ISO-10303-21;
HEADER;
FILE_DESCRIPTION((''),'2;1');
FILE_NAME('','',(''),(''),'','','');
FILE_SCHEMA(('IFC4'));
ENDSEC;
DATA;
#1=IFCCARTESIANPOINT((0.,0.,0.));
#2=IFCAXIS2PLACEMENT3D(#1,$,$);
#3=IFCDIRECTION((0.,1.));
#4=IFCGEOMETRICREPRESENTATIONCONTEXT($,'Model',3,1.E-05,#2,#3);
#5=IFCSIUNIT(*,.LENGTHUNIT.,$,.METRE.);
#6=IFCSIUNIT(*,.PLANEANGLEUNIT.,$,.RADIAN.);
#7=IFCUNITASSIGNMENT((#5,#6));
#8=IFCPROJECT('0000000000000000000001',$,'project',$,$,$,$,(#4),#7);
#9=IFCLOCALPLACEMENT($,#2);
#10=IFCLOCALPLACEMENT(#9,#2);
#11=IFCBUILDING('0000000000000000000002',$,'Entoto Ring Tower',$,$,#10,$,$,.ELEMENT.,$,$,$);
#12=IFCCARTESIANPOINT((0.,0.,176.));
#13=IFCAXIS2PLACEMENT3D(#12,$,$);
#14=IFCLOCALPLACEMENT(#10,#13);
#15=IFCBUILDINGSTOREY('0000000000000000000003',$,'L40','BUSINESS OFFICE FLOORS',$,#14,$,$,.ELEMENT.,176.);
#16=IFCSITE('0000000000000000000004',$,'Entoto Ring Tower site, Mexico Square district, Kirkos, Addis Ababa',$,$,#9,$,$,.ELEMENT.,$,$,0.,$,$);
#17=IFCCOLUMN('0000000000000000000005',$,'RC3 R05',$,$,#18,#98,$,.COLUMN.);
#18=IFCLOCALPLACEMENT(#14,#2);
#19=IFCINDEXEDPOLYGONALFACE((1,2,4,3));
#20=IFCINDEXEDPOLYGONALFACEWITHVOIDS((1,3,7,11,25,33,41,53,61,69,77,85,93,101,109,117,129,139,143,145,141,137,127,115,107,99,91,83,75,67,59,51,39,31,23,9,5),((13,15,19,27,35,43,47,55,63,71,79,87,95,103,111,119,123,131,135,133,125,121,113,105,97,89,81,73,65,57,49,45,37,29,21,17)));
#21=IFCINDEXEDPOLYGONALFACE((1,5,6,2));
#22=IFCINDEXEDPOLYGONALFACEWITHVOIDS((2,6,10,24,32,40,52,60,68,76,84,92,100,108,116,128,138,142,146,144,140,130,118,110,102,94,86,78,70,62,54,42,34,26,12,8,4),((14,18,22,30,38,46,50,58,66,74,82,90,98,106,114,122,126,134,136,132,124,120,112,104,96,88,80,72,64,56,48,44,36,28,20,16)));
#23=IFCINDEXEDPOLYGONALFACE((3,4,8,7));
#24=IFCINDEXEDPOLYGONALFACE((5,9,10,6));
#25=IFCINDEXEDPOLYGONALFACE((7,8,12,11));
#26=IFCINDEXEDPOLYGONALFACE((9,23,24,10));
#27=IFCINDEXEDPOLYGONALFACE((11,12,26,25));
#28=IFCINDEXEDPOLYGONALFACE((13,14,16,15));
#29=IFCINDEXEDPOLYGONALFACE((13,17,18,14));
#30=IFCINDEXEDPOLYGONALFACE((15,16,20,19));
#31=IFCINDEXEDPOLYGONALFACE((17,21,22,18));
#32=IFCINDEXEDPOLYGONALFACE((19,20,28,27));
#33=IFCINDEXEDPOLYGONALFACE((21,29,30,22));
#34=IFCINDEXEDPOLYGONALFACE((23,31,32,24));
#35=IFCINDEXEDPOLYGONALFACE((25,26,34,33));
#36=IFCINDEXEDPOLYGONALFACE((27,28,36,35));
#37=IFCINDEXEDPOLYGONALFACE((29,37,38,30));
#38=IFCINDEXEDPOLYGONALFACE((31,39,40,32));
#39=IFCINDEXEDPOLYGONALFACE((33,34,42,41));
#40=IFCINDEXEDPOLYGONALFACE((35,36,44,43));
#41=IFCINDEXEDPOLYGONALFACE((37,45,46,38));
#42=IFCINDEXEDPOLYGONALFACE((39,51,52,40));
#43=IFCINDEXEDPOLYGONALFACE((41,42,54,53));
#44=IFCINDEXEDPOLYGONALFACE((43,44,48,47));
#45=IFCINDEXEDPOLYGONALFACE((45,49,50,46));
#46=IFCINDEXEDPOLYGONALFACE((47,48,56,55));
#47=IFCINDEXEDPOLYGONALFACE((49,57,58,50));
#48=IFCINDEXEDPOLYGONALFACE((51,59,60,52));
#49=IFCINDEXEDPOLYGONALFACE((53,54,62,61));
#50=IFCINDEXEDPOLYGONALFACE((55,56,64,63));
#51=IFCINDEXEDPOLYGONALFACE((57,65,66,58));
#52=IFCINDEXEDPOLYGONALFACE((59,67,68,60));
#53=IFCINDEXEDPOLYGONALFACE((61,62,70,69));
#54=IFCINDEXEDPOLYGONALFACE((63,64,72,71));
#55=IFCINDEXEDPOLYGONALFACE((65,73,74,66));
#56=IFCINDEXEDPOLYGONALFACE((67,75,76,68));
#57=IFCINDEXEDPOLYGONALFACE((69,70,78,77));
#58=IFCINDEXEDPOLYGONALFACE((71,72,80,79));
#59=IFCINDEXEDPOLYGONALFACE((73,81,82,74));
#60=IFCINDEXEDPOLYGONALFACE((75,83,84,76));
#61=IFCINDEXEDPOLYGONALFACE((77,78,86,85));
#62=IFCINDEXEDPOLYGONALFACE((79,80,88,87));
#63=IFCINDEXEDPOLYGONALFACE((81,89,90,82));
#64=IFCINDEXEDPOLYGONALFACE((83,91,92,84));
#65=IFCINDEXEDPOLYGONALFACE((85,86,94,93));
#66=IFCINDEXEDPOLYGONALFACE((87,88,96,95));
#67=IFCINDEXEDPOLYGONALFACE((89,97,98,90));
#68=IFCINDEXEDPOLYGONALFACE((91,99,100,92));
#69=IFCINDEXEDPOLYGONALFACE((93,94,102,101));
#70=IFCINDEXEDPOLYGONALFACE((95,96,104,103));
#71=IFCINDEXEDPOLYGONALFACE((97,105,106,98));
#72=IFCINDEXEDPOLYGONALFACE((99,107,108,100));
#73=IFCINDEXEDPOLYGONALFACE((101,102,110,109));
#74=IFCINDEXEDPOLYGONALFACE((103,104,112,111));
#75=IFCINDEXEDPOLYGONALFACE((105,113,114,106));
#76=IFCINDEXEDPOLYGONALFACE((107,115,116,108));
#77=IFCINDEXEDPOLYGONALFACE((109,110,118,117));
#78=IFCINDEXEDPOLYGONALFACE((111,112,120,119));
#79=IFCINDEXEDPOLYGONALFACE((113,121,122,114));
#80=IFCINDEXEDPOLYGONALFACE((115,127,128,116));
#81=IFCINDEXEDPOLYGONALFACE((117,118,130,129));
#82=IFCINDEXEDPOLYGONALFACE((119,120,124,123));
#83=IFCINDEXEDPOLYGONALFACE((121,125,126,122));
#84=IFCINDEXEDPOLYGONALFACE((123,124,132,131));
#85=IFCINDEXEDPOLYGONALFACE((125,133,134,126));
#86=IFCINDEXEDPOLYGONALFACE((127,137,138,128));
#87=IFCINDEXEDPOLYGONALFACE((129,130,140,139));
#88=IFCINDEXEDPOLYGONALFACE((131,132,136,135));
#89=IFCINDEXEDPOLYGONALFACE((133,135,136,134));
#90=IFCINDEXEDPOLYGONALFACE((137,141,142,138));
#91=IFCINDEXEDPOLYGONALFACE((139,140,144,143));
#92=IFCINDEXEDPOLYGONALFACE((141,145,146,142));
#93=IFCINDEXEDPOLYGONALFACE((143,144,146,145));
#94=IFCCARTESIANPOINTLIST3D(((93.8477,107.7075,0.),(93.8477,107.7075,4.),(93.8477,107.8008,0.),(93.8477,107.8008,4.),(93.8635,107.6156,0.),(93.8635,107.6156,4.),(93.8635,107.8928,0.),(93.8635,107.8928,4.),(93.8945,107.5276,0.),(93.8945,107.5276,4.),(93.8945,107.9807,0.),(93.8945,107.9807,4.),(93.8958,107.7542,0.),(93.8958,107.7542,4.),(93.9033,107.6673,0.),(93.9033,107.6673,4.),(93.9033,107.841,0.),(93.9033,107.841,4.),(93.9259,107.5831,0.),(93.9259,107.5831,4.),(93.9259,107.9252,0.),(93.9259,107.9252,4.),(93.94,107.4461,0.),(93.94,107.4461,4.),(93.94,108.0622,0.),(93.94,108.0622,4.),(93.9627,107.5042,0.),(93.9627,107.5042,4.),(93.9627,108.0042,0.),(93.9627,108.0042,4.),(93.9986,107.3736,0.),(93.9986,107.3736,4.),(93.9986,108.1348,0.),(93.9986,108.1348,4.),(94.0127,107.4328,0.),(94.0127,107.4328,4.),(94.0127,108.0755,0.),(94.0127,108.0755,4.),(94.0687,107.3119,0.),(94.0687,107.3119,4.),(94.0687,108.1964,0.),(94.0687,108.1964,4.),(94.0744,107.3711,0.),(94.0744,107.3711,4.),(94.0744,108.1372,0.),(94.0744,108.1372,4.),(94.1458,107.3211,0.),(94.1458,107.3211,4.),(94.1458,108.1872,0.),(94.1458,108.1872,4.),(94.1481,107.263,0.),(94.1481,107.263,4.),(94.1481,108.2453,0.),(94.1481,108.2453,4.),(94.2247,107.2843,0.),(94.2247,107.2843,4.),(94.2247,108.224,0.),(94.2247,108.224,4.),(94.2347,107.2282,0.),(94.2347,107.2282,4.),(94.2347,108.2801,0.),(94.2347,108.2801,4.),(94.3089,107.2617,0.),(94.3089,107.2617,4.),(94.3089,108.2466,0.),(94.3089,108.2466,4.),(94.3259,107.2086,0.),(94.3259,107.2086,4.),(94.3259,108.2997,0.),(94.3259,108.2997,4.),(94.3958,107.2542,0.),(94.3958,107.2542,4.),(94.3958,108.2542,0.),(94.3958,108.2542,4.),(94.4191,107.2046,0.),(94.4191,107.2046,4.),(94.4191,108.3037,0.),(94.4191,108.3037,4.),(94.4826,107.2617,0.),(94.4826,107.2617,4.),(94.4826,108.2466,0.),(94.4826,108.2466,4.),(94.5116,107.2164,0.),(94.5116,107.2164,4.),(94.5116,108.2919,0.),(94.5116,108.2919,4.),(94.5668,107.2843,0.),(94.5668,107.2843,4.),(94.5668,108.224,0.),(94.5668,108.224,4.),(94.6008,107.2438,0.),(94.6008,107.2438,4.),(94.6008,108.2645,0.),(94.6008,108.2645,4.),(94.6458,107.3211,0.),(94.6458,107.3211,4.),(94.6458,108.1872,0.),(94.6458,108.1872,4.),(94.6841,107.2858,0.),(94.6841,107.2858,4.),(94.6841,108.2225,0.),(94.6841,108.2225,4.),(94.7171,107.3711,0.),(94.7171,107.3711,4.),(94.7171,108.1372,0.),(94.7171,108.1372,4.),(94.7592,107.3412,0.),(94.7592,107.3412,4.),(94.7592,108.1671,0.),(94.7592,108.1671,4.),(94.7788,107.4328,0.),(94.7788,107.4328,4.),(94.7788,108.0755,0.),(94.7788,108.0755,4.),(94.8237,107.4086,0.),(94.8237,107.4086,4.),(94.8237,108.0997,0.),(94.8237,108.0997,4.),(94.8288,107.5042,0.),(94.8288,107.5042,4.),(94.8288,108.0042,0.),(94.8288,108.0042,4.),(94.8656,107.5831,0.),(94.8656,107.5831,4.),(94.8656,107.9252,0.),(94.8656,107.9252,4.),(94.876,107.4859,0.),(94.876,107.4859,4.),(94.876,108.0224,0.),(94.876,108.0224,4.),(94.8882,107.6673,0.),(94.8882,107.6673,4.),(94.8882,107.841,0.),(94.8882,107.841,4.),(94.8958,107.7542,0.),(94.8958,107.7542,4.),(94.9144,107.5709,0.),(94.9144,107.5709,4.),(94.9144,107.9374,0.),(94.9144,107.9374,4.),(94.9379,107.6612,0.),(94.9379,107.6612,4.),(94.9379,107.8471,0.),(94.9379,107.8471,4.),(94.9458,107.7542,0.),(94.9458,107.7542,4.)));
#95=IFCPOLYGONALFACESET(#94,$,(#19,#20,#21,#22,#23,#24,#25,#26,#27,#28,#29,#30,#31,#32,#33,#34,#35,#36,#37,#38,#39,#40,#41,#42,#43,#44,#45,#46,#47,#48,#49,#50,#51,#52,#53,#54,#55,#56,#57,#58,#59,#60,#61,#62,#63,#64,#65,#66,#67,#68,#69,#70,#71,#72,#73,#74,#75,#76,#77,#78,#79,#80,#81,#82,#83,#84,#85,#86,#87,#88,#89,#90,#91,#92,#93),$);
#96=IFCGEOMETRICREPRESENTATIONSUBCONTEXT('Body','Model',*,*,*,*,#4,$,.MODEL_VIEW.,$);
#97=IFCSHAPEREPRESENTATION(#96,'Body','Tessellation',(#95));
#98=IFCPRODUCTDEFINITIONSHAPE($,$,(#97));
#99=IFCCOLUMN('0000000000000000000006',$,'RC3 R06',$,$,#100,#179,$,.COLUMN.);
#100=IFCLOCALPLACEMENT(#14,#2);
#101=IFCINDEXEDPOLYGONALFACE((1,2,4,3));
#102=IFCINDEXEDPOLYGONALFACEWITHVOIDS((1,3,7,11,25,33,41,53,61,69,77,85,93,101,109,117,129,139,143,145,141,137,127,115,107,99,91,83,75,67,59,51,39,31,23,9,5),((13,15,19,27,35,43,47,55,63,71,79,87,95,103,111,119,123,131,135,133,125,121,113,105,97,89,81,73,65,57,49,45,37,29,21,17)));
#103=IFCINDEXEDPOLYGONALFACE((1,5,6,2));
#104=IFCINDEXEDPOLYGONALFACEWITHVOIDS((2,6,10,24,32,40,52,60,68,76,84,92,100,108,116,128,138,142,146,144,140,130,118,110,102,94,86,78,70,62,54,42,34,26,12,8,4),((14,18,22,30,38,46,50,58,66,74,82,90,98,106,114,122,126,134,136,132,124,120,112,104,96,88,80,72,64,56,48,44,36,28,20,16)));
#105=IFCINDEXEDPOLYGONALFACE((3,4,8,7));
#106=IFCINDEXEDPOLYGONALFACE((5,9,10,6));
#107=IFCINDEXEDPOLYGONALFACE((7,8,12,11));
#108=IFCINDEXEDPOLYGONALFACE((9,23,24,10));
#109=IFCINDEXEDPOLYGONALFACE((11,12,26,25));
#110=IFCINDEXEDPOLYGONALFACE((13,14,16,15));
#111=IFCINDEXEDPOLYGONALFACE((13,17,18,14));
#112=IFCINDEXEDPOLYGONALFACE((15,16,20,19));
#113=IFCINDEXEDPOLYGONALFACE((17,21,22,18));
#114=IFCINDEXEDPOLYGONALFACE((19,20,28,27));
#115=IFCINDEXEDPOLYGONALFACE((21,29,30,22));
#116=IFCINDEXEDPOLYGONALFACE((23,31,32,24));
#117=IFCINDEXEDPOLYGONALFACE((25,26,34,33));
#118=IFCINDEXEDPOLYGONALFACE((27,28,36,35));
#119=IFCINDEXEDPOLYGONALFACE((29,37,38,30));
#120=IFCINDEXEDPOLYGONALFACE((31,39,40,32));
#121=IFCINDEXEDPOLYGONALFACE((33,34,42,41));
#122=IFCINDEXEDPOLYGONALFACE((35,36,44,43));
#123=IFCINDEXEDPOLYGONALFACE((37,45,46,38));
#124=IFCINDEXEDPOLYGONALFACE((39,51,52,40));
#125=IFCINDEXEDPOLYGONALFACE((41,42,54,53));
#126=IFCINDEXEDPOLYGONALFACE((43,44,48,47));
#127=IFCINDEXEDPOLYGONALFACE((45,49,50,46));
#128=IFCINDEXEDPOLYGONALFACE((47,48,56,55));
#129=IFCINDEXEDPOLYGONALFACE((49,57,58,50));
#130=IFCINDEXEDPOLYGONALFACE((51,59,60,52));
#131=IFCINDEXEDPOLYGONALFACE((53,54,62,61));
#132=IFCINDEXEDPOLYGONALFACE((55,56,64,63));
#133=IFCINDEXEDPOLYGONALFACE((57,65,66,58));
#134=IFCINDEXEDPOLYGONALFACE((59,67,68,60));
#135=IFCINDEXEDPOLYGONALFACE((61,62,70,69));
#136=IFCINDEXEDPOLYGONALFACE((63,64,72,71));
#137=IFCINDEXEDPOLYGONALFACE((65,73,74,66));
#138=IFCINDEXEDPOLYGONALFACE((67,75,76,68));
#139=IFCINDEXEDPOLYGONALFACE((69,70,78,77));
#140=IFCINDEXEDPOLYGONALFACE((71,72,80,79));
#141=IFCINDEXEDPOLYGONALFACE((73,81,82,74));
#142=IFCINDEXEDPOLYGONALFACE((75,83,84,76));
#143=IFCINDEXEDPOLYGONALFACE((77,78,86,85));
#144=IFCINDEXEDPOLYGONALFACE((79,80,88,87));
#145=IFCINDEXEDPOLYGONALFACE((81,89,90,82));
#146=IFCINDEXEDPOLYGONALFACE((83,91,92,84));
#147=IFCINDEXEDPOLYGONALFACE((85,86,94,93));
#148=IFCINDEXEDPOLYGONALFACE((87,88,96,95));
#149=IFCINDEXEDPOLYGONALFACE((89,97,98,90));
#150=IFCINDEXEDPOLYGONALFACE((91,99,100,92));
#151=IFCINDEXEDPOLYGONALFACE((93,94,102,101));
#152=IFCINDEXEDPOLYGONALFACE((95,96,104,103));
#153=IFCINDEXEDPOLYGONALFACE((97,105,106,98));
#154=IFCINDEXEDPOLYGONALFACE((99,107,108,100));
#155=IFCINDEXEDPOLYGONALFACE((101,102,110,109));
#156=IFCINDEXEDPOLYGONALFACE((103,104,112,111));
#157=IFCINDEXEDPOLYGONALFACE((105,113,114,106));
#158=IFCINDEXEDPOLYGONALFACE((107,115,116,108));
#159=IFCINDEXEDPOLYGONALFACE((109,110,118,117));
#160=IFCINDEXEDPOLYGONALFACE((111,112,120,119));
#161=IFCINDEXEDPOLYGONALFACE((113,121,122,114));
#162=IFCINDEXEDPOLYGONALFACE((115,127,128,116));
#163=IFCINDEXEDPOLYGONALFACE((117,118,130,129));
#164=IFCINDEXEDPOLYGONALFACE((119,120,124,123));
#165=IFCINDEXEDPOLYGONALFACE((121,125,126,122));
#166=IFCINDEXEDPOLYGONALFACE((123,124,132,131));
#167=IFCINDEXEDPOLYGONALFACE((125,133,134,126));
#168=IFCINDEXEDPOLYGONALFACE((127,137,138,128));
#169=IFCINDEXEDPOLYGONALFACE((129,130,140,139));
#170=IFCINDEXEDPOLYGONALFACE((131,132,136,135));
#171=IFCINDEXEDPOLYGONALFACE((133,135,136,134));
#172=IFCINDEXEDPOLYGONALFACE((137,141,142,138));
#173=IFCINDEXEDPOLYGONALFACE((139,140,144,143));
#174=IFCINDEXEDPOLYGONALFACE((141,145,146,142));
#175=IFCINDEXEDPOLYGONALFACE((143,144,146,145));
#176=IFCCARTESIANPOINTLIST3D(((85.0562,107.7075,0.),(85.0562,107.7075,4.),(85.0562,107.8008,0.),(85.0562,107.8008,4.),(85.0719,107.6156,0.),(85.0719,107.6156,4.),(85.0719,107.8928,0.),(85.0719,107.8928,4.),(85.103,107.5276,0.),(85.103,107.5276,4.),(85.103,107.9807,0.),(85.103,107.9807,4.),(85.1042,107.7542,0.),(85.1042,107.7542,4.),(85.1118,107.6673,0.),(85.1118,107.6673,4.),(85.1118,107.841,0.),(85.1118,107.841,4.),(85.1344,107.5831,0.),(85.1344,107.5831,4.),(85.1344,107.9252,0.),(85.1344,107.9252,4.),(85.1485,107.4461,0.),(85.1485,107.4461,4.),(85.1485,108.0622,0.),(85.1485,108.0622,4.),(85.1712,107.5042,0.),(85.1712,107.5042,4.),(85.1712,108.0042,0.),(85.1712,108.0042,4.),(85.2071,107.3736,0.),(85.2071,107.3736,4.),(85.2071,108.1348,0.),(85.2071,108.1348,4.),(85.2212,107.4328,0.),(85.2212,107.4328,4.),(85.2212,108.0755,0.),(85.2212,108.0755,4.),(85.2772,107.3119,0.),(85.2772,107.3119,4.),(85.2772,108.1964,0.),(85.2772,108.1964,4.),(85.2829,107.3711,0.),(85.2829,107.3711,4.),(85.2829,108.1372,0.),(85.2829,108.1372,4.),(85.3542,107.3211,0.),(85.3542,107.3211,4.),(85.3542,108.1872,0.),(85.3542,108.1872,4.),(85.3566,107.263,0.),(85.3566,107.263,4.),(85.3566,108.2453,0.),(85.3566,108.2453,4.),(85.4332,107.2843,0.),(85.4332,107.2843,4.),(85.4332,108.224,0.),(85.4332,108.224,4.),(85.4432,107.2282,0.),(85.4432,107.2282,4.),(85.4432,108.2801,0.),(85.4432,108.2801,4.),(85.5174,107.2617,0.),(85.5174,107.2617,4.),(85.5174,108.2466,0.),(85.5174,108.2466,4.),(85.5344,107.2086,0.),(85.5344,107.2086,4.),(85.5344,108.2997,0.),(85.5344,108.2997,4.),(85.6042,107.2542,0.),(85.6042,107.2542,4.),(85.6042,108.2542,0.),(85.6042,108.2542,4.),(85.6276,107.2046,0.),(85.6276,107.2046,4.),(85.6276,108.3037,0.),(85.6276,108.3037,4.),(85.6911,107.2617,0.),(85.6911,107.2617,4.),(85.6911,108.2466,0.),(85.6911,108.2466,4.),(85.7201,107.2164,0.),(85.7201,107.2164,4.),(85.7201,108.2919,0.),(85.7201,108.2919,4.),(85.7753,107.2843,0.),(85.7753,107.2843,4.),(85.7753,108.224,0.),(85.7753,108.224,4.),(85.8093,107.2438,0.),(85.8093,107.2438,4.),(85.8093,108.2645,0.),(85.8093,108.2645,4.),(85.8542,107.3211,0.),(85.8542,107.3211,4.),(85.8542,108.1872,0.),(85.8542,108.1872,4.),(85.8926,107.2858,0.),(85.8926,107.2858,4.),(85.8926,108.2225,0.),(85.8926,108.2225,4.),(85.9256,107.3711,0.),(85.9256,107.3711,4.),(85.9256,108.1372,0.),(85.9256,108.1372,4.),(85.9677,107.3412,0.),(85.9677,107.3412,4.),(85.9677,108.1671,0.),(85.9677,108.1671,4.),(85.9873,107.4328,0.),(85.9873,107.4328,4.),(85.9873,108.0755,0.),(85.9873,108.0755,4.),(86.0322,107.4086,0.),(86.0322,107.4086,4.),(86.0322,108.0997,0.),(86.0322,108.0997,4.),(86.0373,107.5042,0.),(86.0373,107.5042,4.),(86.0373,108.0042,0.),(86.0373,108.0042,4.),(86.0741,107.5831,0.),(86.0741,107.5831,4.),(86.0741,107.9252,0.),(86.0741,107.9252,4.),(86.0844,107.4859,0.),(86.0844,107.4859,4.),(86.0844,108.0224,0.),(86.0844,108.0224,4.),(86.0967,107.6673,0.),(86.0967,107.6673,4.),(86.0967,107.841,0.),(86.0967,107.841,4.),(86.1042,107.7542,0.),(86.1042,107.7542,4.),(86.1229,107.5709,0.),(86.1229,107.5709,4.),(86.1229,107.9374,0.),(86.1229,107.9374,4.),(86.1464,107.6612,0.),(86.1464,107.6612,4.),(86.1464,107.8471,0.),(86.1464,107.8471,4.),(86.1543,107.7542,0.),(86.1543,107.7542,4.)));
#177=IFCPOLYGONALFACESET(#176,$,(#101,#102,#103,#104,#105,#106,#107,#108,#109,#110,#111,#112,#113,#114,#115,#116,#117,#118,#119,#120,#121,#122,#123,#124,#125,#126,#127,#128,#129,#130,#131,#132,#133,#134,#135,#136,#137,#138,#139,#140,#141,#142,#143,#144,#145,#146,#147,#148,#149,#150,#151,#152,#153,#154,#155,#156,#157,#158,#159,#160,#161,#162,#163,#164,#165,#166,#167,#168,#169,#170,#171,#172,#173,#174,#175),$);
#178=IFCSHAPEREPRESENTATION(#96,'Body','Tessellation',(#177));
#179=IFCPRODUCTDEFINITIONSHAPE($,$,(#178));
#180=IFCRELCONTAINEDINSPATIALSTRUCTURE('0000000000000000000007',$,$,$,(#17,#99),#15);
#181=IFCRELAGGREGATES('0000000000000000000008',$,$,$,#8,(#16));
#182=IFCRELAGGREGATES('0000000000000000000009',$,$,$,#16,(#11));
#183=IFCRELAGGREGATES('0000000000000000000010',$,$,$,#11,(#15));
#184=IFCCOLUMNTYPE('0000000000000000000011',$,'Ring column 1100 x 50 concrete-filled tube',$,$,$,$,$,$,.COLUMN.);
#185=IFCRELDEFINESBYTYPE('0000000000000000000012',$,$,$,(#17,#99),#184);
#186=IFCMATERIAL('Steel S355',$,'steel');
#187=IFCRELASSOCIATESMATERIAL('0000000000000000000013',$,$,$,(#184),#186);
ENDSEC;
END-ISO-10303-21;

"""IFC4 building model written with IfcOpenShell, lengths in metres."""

from ifc_helpers import new_model, si_unit, direction, frame, origin, origin_2d, place, context, subcontext, project, spatial, circle, hollow_circle, extrude, material, material_profile, profile_set, type_object, element, save


model = new_model("IFC4")

# Units and contexts
model_context = context("Model", 3, precision=1e-05, world=origin(), true_north=direction((0.0, 1.0)))
body_context = subcontext(model_context, "Body", "Model", "MODEL_VIEW")
ifc_project = project(units=[si_unit("LENGTHUNIT", "METRE"), si_unit("PLANEANGLEUNIT", "RADIAN")], contexts=[model_context])

# Site, building, storey
site_placement = place(None, origin())
site = spatial("IfcSite", under=ifc_project, at=site_placement, Name="Entoto Ring Tower site, Mexico Square district, Kirkos, Addis Ababa", CompositionType="ELEMENT", RefElevation=0.0)
building_placement = place(site_placement, origin())
building = spatial("IfcBuilding", under=site, at=building_placement, Name="Entoto Ring Tower", CompositionType="ELEMENT")
storey_placement = place(building_placement, frame((0.0, 0.0, 176.0)))
storey = spatial("IfcBuildingStorey", under=building, at=storey_placement, Name="L40", Description="BUSINESS OFFICE FLOORS", CompositionType="ELEMENT", Elevation=176.0)

# Columns
ifc_material_1 = material(Name="Steel S355", Category="steel")
ifc_material_profile_1 = material_profile(ifc_material_1, hollow_circle(Radius=0.55, WallThickness=0.05, at=origin_2d()), Name="CHS 1100 x 50")
ifc_material_2 = material(Name="Concrete C60/75", Category="concrete")
ifc_material_profile_2 = material_profile(ifc_material_2, circle(Radius=0.5, at=origin_2d()), Name="Concrete C60/75 infill")
ifc_profile_set_1 = profile_set([ifc_material_profile_1, ifc_material_profile_2], Name="Steel S355")
column_type = type_object("IfcColumnType", Name="Ring column 1100 x 50 concrete-filled tube", PredefinedType="COLUMN", material=ifc_profile_set_1)
for number, where, z_axis, x_axis, name in (
    (1, (94.3958, 107.7542, 0.0), (0.0, 0.0, 1.0), (1.0, 0.0, 0.0), "RC3 R05"),
    (2, (85.6042, 107.7542, 0.0), (0.0, 0.0, 1.0), (1.0, 0.0, 0.0), "RC3 R06"),
):
    element("IfcColumn", number, at=place(storey_placement, frame(where, z_axis=z_axis, x_axis=x_axis)), inside=storey, type_object=column_type, Name=name, PredefinedType="COLUMN", context=body_context, shape_type="SweptSolid", body=[
        extrude(hollow_circle(Radius=0.55, WallThickness=0.05, at=origin_2d()), origin(), (0.0, 0.0, 1.0), 4.0),
    ])

save(model, "model.ifc")
